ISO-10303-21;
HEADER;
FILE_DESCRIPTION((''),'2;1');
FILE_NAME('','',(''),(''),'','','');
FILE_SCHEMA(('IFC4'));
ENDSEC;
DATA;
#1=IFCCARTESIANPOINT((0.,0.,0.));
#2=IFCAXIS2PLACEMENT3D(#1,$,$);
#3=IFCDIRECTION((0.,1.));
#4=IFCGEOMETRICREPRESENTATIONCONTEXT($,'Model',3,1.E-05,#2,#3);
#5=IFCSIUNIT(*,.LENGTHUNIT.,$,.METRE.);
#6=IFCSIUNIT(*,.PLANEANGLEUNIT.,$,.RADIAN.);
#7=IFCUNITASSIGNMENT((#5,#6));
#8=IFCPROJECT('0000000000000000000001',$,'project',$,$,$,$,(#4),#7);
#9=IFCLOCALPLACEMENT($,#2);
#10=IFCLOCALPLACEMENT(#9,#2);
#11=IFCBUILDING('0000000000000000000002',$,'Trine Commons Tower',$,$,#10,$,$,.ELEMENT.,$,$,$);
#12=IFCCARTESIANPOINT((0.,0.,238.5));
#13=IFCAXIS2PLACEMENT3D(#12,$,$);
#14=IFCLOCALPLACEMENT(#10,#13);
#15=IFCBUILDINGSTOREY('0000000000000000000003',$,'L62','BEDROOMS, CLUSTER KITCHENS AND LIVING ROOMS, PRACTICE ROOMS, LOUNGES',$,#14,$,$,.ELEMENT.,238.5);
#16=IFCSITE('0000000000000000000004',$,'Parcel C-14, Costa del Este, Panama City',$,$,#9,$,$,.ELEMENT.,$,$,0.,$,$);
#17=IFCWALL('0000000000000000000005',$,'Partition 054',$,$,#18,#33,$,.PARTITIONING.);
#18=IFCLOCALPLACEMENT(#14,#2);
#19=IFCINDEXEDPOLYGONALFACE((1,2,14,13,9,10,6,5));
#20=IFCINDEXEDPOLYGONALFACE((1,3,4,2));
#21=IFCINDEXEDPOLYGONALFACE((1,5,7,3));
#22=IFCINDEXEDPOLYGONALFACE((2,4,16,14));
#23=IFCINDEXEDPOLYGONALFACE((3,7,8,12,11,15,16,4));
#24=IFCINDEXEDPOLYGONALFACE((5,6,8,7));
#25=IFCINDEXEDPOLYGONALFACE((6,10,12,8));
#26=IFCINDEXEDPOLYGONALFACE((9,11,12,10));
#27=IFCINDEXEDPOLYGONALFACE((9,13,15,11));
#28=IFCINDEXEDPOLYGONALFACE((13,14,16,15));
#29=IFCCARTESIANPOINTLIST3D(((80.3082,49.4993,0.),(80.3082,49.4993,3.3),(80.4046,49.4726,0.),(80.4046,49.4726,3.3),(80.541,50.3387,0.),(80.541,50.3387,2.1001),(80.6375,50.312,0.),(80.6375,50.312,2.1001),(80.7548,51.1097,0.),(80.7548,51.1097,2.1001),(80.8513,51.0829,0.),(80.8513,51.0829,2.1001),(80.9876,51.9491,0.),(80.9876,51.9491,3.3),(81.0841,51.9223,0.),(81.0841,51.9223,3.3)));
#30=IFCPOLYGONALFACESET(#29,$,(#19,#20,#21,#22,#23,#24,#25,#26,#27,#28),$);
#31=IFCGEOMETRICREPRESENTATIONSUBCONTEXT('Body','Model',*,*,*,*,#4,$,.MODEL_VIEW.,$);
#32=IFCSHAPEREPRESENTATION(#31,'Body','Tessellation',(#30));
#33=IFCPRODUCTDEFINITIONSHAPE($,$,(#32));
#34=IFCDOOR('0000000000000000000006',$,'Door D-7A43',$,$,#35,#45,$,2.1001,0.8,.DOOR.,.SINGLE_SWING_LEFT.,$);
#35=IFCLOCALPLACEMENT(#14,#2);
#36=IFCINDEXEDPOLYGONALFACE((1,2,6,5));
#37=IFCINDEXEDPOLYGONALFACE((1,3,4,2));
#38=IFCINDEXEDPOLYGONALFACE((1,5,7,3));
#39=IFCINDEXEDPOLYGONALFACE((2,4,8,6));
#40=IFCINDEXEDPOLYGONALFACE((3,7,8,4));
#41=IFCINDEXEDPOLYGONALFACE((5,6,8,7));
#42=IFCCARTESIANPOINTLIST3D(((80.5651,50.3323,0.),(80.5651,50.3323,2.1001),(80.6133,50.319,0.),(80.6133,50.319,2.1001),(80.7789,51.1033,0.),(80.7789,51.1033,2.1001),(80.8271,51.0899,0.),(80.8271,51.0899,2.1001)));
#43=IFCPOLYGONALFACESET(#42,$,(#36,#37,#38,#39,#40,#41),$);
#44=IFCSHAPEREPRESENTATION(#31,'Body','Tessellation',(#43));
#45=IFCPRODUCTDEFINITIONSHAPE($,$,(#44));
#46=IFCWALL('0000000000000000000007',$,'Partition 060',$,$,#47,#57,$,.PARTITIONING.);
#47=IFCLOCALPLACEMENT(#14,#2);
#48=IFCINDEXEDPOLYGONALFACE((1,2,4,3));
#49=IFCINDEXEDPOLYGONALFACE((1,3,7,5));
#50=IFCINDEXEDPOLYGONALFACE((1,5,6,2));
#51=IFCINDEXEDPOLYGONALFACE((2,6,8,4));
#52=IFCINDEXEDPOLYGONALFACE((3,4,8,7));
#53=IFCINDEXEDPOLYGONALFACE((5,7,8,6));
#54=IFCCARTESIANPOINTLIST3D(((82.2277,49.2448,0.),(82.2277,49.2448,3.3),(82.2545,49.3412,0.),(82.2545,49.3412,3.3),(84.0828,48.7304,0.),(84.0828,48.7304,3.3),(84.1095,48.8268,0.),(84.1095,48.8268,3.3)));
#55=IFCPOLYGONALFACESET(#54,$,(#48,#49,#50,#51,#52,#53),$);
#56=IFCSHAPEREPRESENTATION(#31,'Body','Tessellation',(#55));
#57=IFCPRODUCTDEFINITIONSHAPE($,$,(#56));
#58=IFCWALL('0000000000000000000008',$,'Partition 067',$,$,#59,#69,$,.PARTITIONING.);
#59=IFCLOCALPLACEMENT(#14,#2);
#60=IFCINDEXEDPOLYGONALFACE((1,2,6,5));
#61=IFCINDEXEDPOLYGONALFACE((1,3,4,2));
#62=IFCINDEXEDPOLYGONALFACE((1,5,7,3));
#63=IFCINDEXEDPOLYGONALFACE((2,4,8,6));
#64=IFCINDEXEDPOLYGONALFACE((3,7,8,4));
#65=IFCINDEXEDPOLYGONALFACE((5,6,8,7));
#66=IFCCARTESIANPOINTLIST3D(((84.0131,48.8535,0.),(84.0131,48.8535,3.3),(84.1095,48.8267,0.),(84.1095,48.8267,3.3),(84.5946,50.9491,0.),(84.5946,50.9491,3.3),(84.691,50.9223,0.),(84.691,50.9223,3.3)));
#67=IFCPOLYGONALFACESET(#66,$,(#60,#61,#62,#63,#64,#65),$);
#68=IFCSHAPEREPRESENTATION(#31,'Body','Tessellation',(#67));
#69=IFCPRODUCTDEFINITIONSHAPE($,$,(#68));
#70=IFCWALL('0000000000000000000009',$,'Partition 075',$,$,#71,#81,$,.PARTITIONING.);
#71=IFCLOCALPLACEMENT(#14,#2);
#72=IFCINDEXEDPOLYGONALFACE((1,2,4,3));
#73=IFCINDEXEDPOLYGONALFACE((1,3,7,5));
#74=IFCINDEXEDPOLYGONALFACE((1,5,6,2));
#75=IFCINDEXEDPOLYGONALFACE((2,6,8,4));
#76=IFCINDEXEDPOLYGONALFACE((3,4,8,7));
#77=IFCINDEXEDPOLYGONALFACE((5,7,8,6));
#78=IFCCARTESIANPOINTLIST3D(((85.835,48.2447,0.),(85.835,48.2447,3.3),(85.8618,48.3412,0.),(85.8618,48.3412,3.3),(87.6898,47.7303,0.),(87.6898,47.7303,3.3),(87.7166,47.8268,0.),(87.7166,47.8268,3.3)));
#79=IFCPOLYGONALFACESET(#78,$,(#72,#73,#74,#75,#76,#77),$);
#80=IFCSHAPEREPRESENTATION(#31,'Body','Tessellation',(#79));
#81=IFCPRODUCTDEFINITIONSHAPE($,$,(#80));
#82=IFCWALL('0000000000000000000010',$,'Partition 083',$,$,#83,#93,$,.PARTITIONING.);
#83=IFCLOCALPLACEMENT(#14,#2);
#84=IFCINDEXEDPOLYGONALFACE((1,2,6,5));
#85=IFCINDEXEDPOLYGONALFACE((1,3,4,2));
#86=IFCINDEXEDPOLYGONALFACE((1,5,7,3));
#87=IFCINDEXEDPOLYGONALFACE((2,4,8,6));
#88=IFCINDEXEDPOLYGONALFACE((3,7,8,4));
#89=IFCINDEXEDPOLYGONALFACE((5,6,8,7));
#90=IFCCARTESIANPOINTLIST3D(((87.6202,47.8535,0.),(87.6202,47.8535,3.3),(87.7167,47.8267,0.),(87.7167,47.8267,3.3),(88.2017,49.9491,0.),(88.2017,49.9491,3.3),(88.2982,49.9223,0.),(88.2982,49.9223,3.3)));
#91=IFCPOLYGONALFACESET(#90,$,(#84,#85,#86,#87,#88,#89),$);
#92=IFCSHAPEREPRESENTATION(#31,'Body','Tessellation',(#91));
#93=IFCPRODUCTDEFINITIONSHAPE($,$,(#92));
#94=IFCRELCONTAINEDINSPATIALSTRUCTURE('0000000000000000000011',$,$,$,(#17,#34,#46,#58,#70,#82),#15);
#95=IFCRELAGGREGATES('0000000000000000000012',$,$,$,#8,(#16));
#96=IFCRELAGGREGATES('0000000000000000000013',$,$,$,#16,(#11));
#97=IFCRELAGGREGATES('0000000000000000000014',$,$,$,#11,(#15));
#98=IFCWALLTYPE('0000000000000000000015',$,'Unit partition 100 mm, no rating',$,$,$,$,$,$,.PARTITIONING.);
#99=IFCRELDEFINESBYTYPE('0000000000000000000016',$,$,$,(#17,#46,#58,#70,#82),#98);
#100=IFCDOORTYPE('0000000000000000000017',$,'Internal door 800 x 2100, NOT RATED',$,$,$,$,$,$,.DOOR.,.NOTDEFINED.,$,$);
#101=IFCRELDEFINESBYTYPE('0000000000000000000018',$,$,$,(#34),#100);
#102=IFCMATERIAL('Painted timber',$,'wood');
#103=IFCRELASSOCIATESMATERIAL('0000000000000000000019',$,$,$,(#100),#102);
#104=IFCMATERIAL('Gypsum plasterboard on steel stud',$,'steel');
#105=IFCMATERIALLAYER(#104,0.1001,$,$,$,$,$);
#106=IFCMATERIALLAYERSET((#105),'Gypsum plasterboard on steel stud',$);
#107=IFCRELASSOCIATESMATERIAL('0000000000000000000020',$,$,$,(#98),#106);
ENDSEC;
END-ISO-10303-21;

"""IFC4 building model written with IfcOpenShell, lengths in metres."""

from ifc_helpers import new_model, si_unit, direction, frame, frame_2d, origin, place, context, subcontext, project, spatial, rectangle, extrude, material, layer, layer_set, type_object, element, fill, save


model = new_model("IFC4")

# Units and contexts
model_context = context("Model", 3, precision=1e-05, world=origin(), true_north=direction((0.0, 1.0)))
body_context = subcontext(model_context, "Body", "Model", "MODEL_VIEW")
ifc_project = project(units=[si_unit("LENGTHUNIT", "METRE"), si_unit("PLANEANGLEUNIT", "RADIAN")], contexts=[model_context])

# Site, building, storey
site_placement = place(None, origin())
site = spatial("IfcSite", under=ifc_project, at=site_placement, Name="Parcel C-14, Costa del Este, Panama City", CompositionType="ELEMENT", RefElevation=0.0)
building_placement = place(site_placement, origin())
building = spatial("IfcBuilding", under=site, at=building_placement, Name="Trine Commons Tower", CompositionType="ELEMENT")
storey_placement = place(building_placement, frame((0.0, 0.0, 238.5)))
storey = spatial("IfcBuildingStorey", under=building, at=storey_placement, Name="L62", Description="BEDROOMS, CLUSTER KITCHENS AND LIVING ROOMS, PRACTICE ROOMS, LOUNGES", CompositionType="ELEMENT", Elevation=238.5)

# Shared definitions
ifc_material_1 = material(Name="Gypsum plasterboard on steel stud", Category="steel")

# Shared definitions
ifc_material_2 = material(Name="Painted timber", Category="wood")
door_type_1 = type_object("IfcDoorType", Name="Internal door 800 x 2100, NOT RATED", OperationType="NOTDEFINED", PredefinedType="DOOR", material=ifc_material_2)

# Wall, opening, door
ifc_layer_1 = layer(ifc_material_1, 0.1001)
ifc_layer_set_1 = layer_set([ifc_layer_1], Name="Gypsum plasterboard on steel stud")
wall_type_1 = type_object("IfcWallType", Name="Unit partition 100 mm, no rating", PredefinedType="PARTITIONING", material=ifc_layer_set_1)
wall_1_placement = place(storey_placement, frame((80.3564, 49.4861, 0.0), z_axis=(0.0, 0.0, 1.0), x_axis=(0.267267, 0.963622, 0.0)))
wall_1 = element("IfcWall", 1, at=wall_1_placement, inside=storey, type_object=wall_type_1, Name="Partition 054", PredefinedType="PARTITIONING", context=body_context, shape_type="SweptSolid", body=[
    extrude(rectangle(XDim=2.5422, YDim=0.1001, at=frame_2d((1.271, 0.0))), origin(), (0.0, 0.0, 1.0), 3.3),
])
opening_1_placement = place(wall_1_placement, frame((0.8711, 0.0, 0.0)))
opening_1 = element("IfcOpeningElement", 2, at=opening_1_placement, cuts=wall_1, PredefinedType="OPENING", context=body_context, shape_type="SweptSolid", body=[
    extrude(rectangle(XDim=0.8, YDim=2.1001, at=frame_2d((0.3999, 1.05))), frame((0.0, 0.0601, 0.0), z_axis=(0.0, -1.0, 0.0), x_axis=(1.0, 0.0, 0.0)), (0.0, 0.0, 1.0), 0.1201),
])
door_1_placement = place(opening_1_placement, frame((0.8, 0.0, 0.0), z_axis=(0.0, 0.0, 1.0), x_axis=(-1.0, 0.0, 0.0)))
door_1 = element("IfcDoor", 3, at=door_1_placement, inside=storey, type_object=door_type_1, Name="Door D-7A43", OperationType="SINGLE_SWING_LEFT", OverallHeight=2.1001, OverallWidth=0.8, PredefinedType="DOOR", context=body_context, shape_type="SweptSolid", body=[
    extrude(rectangle(XDim=0.8, YDim=2.1001, at=frame_2d((0.3999, 1.05))), frame((0.0, 0.0249, 0.0), z_axis=(0.0, -1.0, 0.0), x_axis=(1.0, 0.0, 0.0)), (0.0, 0.0, 1.0), 0.05),
])
fill(opening_1, door_1)

# Walls
wall_2_placement = place(storey_placement, frame((82.2412, 49.293, 0.0), z_axis=(0.0, 0.0, 1.0), x_axis=(0.963634, -0.267225, 0.0)))
element("IfcWall", 4, at=wall_2_placement, inside=storey, type_object=wall_type_1, Name="Partition 060", PredefinedType="PARTITIONING", context=body_context, shape_type="SweptSolid", body=[
    extrude(rectangle(XDim=1.925, YDim=0.1001, at=frame_2d((0.9624, 0.0))), origin(), (0.0, 0.0, 1.0), 3.3),
])
wall_3_placement = place(storey_placement, frame((84.0613, 48.8401, 0.0), z_axis=(0.0, 0.0, 1.0), x_axis=(0.267389, 0.963589, 0.0)))
element("IfcWall", 5, at=wall_3_placement, inside=storey, type_object=wall_type_1, Name="Partition 067", PredefinedType="PARTITIONING", context=body_context, shape_type="SweptSolid", body=[
    extrude(rectangle(XDim=2.1748, YDim=0.1001, at=frame_2d((1.0874, 0.0))), origin(), (0.0, 0.0, 1.0), 3.3),
])
wall_4_placement = place(storey_placement, frame((85.8484, 48.293, 0.0), z_axis=(0.0, 0.0, 1.0), x_axis=(0.963625, -0.267258, 0.0)))
element("IfcWall", 6, at=wall_4_placement, inside=storey, type_object=wall_type_1, Name="Partition 075", PredefinedType="PARTITIONING", context=body_context, shape_type="SweptSolid", body=[
    extrude(rectangle(XDim=1.9248, YDim=0.1001, at=frame_2d((0.9624, 0.0))), origin(), (0.0, 0.0, 1.0), 3.3),
])
wall_5_placement = place(storey_placement, frame((87.6685, 47.8401, 0.0), z_axis=(0.0, 0.0, 1.0), x_axis=(0.267389, 0.963589, 0.0)))
element("IfcWall", 7, at=wall_5_placement, inside=storey, type_object=wall_type_1, Name="Partition 083", PredefinedType="PARTITIONING", context=body_context, shape_type="SweptSolid", body=[
    extrude(rectangle(XDim=2.1748, YDim=0.1001, at=frame_2d((1.0874, 0.0))), origin(), (0.0, 0.0, 1.0), 3.3),
])

save(model, "model.ifc")
